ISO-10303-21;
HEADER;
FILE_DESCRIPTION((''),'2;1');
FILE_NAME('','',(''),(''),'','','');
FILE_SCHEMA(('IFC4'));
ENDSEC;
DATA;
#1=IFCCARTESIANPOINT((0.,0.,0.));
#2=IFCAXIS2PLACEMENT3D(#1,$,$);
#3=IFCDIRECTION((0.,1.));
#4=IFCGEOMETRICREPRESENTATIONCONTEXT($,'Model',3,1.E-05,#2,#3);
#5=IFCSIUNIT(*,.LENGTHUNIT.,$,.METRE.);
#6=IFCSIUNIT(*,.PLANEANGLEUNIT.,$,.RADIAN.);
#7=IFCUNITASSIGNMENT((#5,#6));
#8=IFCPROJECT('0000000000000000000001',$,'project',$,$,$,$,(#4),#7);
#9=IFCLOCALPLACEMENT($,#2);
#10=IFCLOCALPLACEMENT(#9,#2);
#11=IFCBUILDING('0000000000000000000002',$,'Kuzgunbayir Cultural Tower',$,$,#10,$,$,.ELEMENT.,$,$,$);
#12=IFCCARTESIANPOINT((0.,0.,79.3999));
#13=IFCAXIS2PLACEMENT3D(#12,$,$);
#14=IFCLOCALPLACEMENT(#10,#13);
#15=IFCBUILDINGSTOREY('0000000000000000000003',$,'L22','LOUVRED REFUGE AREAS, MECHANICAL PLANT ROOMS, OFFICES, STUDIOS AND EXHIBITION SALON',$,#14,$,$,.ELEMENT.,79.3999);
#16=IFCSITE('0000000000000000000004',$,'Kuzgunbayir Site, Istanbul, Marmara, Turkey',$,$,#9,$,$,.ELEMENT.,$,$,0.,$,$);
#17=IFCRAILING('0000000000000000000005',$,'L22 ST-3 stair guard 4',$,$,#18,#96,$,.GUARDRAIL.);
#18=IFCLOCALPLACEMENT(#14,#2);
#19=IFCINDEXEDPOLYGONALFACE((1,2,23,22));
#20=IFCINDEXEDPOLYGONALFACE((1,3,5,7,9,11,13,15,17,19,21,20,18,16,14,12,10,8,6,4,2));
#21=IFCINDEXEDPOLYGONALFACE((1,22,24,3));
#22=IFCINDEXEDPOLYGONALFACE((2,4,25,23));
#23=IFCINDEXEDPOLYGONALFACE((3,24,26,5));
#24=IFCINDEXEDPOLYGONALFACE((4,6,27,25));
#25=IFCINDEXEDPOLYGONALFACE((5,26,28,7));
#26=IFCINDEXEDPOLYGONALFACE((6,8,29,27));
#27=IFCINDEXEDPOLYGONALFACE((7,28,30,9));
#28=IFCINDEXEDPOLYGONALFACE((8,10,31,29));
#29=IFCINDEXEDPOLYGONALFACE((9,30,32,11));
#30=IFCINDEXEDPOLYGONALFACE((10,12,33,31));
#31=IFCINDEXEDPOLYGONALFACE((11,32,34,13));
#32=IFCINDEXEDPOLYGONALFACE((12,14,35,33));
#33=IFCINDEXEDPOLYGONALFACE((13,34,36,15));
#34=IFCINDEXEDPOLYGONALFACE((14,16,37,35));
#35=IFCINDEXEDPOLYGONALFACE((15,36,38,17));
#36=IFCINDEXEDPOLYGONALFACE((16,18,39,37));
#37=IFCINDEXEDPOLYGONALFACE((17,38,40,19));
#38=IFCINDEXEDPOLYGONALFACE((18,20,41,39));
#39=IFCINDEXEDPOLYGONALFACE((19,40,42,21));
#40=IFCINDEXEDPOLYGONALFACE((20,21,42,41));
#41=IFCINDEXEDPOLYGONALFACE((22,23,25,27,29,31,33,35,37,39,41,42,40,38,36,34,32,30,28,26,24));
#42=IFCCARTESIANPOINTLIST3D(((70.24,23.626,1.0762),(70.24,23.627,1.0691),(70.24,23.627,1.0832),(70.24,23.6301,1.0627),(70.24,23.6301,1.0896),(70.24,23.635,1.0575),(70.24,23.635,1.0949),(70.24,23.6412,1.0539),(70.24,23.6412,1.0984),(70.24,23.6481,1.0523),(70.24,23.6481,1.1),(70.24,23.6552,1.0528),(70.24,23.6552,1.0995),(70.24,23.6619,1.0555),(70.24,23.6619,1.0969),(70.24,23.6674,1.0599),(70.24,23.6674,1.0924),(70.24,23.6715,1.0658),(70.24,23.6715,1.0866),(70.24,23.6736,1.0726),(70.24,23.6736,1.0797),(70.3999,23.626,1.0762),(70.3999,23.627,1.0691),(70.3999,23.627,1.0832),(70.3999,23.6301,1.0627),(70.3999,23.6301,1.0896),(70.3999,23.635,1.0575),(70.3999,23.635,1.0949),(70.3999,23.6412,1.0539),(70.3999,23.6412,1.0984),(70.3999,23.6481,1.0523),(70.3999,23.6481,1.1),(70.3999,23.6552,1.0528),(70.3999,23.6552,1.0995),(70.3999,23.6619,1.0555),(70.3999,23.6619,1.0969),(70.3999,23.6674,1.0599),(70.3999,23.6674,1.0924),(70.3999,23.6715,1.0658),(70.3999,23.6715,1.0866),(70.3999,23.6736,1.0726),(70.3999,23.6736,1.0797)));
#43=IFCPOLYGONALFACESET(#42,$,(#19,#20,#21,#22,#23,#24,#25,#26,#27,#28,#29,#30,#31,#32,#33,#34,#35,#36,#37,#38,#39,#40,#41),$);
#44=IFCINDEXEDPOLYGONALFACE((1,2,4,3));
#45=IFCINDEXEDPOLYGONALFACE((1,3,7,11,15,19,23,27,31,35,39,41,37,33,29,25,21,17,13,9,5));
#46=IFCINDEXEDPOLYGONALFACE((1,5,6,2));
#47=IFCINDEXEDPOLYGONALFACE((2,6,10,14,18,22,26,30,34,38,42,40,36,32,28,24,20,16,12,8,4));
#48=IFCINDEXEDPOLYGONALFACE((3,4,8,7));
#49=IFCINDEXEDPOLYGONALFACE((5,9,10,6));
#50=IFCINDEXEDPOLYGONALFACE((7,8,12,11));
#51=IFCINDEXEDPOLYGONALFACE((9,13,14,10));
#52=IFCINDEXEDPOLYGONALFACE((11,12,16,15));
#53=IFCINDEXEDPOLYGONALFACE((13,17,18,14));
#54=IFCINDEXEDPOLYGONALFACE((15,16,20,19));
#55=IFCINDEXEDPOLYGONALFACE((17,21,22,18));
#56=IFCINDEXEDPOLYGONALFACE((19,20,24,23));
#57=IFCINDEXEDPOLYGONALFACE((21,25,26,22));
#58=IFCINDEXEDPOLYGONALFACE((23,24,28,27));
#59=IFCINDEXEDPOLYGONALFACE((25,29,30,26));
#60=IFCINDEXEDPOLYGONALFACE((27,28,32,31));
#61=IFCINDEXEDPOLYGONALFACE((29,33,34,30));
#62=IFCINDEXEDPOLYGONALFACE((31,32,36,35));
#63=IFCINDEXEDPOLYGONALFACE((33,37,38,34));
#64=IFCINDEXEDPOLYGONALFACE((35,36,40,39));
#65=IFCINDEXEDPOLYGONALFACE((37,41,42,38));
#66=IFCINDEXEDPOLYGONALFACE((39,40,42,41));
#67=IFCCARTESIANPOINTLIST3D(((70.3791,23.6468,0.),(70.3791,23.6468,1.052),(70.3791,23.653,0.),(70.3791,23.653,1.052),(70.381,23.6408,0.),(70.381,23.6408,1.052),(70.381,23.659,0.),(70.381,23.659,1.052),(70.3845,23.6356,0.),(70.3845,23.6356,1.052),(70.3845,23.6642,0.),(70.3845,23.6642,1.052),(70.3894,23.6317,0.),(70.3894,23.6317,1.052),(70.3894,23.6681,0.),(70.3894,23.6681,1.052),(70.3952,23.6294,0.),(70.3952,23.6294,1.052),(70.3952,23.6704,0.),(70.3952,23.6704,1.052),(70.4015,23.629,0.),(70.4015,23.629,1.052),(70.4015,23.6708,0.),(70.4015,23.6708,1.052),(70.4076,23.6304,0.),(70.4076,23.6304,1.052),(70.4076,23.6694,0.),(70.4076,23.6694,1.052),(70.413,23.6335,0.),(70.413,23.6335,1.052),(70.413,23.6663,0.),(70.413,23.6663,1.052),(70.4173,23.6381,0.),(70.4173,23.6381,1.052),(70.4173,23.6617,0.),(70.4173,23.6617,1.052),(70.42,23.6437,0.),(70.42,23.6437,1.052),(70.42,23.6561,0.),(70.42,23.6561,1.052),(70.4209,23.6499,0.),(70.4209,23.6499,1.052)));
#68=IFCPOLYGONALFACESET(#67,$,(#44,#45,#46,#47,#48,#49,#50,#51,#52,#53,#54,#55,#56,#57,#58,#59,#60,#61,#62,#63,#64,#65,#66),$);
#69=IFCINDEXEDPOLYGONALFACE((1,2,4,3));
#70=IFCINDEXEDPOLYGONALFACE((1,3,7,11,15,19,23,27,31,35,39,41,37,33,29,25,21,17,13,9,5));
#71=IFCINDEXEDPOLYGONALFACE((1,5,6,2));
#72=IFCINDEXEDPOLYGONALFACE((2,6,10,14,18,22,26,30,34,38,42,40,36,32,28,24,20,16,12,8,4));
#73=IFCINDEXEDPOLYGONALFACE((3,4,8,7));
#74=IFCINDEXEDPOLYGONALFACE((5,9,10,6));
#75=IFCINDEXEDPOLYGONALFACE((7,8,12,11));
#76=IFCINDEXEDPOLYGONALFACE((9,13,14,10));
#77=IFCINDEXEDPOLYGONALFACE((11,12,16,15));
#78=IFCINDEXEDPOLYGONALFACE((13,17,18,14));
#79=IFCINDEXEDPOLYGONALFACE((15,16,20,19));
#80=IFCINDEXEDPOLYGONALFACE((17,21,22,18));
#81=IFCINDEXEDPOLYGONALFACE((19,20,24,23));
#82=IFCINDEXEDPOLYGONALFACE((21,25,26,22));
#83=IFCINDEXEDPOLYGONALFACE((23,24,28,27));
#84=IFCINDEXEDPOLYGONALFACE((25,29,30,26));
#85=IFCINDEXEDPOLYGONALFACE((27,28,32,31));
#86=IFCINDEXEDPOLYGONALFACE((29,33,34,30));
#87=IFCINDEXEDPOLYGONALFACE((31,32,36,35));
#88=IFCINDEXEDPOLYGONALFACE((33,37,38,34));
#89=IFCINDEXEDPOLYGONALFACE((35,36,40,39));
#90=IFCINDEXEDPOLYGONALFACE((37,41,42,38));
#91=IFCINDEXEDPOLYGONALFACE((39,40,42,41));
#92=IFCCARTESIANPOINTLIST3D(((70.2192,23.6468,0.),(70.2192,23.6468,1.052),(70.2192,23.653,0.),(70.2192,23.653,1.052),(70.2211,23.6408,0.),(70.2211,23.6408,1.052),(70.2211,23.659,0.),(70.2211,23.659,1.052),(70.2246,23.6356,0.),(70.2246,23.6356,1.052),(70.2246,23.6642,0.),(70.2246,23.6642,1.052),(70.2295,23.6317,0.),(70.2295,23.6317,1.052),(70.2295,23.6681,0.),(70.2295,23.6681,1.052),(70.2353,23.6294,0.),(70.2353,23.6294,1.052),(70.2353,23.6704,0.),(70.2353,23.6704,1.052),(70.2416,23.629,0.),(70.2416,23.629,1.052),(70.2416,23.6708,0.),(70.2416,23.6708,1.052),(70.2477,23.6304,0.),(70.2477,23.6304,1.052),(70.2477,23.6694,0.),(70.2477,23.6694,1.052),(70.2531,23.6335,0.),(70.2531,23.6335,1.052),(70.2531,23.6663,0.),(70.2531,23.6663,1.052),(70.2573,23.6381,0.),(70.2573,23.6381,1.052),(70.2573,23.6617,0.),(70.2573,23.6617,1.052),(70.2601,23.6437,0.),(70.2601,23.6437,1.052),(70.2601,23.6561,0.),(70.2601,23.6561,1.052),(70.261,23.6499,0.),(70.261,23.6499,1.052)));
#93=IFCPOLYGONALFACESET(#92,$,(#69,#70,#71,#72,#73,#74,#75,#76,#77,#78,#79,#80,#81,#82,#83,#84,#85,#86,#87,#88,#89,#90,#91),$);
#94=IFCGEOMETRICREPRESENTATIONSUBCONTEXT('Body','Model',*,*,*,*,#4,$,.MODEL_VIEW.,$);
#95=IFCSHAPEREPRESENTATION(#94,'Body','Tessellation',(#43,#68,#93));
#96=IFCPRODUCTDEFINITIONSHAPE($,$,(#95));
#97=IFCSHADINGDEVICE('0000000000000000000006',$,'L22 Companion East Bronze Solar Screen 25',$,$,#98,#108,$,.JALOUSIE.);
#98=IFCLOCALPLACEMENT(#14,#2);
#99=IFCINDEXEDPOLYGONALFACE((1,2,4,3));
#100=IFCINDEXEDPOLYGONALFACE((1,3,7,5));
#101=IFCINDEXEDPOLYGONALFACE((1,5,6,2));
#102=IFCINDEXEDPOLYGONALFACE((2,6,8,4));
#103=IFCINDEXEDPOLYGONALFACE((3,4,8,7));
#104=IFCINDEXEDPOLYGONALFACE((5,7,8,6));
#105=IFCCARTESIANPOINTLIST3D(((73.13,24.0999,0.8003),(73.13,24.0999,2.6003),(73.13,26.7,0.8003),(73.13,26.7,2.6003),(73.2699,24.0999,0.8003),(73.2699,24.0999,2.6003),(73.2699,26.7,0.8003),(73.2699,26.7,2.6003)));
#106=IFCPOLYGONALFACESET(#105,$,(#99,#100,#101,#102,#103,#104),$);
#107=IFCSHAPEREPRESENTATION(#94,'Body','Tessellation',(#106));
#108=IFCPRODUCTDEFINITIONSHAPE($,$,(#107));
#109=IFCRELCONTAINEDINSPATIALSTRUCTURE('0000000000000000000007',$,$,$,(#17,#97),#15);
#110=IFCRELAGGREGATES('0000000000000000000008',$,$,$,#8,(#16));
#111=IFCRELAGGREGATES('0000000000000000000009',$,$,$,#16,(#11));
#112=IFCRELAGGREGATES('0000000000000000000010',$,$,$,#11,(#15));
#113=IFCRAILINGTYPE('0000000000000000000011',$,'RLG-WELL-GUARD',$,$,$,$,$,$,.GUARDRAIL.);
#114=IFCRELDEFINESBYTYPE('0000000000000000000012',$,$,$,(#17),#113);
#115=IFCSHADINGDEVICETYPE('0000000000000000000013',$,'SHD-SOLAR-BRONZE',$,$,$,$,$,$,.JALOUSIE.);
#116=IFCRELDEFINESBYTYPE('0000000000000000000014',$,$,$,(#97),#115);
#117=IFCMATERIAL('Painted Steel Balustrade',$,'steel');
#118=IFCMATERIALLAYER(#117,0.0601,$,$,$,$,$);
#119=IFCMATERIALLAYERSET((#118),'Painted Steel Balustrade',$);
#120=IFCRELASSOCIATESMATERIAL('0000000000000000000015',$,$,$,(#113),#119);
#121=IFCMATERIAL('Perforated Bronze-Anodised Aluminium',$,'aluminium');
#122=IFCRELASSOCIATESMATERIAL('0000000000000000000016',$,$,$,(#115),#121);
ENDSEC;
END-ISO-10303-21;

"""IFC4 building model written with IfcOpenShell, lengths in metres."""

from ifc_helpers import new_model, si_unit, direction, frame, origin, origin_2d, place, context, subcontext, project, spatial, rectangle, circle, extrude, material, layer, layer_set, type_object, element, save


model = new_model("IFC4")

# Units and contexts
model_context = context("Model", 3, precision=1e-05, world=origin(), true_north=direction((0.0, 1.0)))
body_context = subcontext(model_context, "Body", "Model", "MODEL_VIEW")
ifc_project = project(units=[si_unit("LENGTHUNIT", "METRE"), si_unit("PLANEANGLEUNIT", "RADIAN")], contexts=[model_context])

# Site, building, storey
site_placement = place(None, origin())
site = spatial("IfcSite", under=ifc_project, at=site_placement, Name="Kuzgunbayir Site, Istanbul, Marmara, Turkey", CompositionType="ELEMENT", RefElevation=0.0)
building_placement = place(site_placement, origin())
building = spatial("IfcBuilding", under=site, at=building_placement, Name="Kuzgunbayir Cultural Tower", CompositionType="ELEMENT")
storey_placement = place(building_placement, frame((0.0, 0.0, 79.3999)))
storey = spatial("IfcBuildingStorey", under=building, at=storey_placement, Name="L22", Description="LOUVRED REFUGE AREAS, MECHANICAL PLANT ROOMS, OFFICES, STUDIOS AND EXHIBITION SALON", CompositionType="ELEMENT", Elevation=79.3999)

# Railing
ifc_material_1 = material(Name="Painted Steel Balustrade", Category="steel")
ifc_layer_1 = layer(ifc_material_1, 0.0601)
ifc_layer_set_1 = layer_set([ifc_layer_1], Name="Painted Steel Balustrade")
railing_type_1 = type_object("IfcRailingType", Name="RLG-WELL-GUARD", PredefinedType="GUARDRAIL", material=ifc_layer_set_1)
railing_1_placement = place(storey_placement, frame((70.3999, 23.6499, 0.0)))
element("IfcRailing", 1, at=railing_1_placement, inside=storey, type_object=railing_type_1, Name="L22 ST-3 stair guard 4", PredefinedType="GUARDRAIL", context=body_context, shape_type="SweptSolid", body=[
    extrude(circle(Radius=0.0239, at=origin_2d()), frame((0.0, 0.0, 1.0762), z_axis=(-1.0, 0.0, 0.0), x_axis=(0.0, -1.0, 0.0)), (0.0, 0.0, 1.0), 0.1599),
    extrude(circle(Radius=0.021, at=origin_2d()), origin(), (0.0, 0.0, 1.0), 1.052),
    extrude(circle(Radius=0.021, at=origin_2d()), frame((-0.1599, 0.0, 0.0)), (0.0, 0.0, 1.0), 1.052),
])

# Shading device
ifc_material_2 = material(Name="Perforated Bronze-Anodised Aluminium", Category="aluminium")
shading_device_type = type_object("IfcShadingDeviceType", Name="SHD-SOLAR-BRONZE", PredefinedType="JALOUSIE", material=ifc_material_2)
shading_device_placement = place(storey_placement, frame((73.2, 25.3999, 0.8003), z_axis=(0.0, 0.0, 1.0), x_axis=(1.0, 0.0, 0.0)))
element("IfcShadingDevice", 2, at=shading_device_placement, inside=storey, type_object=shading_device_type, Name="L22 Companion East Bronze Solar Screen 25", PredefinedType="JALOUSIE", context=body_context, shape_type="SweptSolid", body=[
    extrude(rectangle(XDim=0.1399, YDim=2.6001, at=origin_2d()), origin(), (0.0, 0.0, 1.0), 1.8),
])

save(model, "model.ifc")
